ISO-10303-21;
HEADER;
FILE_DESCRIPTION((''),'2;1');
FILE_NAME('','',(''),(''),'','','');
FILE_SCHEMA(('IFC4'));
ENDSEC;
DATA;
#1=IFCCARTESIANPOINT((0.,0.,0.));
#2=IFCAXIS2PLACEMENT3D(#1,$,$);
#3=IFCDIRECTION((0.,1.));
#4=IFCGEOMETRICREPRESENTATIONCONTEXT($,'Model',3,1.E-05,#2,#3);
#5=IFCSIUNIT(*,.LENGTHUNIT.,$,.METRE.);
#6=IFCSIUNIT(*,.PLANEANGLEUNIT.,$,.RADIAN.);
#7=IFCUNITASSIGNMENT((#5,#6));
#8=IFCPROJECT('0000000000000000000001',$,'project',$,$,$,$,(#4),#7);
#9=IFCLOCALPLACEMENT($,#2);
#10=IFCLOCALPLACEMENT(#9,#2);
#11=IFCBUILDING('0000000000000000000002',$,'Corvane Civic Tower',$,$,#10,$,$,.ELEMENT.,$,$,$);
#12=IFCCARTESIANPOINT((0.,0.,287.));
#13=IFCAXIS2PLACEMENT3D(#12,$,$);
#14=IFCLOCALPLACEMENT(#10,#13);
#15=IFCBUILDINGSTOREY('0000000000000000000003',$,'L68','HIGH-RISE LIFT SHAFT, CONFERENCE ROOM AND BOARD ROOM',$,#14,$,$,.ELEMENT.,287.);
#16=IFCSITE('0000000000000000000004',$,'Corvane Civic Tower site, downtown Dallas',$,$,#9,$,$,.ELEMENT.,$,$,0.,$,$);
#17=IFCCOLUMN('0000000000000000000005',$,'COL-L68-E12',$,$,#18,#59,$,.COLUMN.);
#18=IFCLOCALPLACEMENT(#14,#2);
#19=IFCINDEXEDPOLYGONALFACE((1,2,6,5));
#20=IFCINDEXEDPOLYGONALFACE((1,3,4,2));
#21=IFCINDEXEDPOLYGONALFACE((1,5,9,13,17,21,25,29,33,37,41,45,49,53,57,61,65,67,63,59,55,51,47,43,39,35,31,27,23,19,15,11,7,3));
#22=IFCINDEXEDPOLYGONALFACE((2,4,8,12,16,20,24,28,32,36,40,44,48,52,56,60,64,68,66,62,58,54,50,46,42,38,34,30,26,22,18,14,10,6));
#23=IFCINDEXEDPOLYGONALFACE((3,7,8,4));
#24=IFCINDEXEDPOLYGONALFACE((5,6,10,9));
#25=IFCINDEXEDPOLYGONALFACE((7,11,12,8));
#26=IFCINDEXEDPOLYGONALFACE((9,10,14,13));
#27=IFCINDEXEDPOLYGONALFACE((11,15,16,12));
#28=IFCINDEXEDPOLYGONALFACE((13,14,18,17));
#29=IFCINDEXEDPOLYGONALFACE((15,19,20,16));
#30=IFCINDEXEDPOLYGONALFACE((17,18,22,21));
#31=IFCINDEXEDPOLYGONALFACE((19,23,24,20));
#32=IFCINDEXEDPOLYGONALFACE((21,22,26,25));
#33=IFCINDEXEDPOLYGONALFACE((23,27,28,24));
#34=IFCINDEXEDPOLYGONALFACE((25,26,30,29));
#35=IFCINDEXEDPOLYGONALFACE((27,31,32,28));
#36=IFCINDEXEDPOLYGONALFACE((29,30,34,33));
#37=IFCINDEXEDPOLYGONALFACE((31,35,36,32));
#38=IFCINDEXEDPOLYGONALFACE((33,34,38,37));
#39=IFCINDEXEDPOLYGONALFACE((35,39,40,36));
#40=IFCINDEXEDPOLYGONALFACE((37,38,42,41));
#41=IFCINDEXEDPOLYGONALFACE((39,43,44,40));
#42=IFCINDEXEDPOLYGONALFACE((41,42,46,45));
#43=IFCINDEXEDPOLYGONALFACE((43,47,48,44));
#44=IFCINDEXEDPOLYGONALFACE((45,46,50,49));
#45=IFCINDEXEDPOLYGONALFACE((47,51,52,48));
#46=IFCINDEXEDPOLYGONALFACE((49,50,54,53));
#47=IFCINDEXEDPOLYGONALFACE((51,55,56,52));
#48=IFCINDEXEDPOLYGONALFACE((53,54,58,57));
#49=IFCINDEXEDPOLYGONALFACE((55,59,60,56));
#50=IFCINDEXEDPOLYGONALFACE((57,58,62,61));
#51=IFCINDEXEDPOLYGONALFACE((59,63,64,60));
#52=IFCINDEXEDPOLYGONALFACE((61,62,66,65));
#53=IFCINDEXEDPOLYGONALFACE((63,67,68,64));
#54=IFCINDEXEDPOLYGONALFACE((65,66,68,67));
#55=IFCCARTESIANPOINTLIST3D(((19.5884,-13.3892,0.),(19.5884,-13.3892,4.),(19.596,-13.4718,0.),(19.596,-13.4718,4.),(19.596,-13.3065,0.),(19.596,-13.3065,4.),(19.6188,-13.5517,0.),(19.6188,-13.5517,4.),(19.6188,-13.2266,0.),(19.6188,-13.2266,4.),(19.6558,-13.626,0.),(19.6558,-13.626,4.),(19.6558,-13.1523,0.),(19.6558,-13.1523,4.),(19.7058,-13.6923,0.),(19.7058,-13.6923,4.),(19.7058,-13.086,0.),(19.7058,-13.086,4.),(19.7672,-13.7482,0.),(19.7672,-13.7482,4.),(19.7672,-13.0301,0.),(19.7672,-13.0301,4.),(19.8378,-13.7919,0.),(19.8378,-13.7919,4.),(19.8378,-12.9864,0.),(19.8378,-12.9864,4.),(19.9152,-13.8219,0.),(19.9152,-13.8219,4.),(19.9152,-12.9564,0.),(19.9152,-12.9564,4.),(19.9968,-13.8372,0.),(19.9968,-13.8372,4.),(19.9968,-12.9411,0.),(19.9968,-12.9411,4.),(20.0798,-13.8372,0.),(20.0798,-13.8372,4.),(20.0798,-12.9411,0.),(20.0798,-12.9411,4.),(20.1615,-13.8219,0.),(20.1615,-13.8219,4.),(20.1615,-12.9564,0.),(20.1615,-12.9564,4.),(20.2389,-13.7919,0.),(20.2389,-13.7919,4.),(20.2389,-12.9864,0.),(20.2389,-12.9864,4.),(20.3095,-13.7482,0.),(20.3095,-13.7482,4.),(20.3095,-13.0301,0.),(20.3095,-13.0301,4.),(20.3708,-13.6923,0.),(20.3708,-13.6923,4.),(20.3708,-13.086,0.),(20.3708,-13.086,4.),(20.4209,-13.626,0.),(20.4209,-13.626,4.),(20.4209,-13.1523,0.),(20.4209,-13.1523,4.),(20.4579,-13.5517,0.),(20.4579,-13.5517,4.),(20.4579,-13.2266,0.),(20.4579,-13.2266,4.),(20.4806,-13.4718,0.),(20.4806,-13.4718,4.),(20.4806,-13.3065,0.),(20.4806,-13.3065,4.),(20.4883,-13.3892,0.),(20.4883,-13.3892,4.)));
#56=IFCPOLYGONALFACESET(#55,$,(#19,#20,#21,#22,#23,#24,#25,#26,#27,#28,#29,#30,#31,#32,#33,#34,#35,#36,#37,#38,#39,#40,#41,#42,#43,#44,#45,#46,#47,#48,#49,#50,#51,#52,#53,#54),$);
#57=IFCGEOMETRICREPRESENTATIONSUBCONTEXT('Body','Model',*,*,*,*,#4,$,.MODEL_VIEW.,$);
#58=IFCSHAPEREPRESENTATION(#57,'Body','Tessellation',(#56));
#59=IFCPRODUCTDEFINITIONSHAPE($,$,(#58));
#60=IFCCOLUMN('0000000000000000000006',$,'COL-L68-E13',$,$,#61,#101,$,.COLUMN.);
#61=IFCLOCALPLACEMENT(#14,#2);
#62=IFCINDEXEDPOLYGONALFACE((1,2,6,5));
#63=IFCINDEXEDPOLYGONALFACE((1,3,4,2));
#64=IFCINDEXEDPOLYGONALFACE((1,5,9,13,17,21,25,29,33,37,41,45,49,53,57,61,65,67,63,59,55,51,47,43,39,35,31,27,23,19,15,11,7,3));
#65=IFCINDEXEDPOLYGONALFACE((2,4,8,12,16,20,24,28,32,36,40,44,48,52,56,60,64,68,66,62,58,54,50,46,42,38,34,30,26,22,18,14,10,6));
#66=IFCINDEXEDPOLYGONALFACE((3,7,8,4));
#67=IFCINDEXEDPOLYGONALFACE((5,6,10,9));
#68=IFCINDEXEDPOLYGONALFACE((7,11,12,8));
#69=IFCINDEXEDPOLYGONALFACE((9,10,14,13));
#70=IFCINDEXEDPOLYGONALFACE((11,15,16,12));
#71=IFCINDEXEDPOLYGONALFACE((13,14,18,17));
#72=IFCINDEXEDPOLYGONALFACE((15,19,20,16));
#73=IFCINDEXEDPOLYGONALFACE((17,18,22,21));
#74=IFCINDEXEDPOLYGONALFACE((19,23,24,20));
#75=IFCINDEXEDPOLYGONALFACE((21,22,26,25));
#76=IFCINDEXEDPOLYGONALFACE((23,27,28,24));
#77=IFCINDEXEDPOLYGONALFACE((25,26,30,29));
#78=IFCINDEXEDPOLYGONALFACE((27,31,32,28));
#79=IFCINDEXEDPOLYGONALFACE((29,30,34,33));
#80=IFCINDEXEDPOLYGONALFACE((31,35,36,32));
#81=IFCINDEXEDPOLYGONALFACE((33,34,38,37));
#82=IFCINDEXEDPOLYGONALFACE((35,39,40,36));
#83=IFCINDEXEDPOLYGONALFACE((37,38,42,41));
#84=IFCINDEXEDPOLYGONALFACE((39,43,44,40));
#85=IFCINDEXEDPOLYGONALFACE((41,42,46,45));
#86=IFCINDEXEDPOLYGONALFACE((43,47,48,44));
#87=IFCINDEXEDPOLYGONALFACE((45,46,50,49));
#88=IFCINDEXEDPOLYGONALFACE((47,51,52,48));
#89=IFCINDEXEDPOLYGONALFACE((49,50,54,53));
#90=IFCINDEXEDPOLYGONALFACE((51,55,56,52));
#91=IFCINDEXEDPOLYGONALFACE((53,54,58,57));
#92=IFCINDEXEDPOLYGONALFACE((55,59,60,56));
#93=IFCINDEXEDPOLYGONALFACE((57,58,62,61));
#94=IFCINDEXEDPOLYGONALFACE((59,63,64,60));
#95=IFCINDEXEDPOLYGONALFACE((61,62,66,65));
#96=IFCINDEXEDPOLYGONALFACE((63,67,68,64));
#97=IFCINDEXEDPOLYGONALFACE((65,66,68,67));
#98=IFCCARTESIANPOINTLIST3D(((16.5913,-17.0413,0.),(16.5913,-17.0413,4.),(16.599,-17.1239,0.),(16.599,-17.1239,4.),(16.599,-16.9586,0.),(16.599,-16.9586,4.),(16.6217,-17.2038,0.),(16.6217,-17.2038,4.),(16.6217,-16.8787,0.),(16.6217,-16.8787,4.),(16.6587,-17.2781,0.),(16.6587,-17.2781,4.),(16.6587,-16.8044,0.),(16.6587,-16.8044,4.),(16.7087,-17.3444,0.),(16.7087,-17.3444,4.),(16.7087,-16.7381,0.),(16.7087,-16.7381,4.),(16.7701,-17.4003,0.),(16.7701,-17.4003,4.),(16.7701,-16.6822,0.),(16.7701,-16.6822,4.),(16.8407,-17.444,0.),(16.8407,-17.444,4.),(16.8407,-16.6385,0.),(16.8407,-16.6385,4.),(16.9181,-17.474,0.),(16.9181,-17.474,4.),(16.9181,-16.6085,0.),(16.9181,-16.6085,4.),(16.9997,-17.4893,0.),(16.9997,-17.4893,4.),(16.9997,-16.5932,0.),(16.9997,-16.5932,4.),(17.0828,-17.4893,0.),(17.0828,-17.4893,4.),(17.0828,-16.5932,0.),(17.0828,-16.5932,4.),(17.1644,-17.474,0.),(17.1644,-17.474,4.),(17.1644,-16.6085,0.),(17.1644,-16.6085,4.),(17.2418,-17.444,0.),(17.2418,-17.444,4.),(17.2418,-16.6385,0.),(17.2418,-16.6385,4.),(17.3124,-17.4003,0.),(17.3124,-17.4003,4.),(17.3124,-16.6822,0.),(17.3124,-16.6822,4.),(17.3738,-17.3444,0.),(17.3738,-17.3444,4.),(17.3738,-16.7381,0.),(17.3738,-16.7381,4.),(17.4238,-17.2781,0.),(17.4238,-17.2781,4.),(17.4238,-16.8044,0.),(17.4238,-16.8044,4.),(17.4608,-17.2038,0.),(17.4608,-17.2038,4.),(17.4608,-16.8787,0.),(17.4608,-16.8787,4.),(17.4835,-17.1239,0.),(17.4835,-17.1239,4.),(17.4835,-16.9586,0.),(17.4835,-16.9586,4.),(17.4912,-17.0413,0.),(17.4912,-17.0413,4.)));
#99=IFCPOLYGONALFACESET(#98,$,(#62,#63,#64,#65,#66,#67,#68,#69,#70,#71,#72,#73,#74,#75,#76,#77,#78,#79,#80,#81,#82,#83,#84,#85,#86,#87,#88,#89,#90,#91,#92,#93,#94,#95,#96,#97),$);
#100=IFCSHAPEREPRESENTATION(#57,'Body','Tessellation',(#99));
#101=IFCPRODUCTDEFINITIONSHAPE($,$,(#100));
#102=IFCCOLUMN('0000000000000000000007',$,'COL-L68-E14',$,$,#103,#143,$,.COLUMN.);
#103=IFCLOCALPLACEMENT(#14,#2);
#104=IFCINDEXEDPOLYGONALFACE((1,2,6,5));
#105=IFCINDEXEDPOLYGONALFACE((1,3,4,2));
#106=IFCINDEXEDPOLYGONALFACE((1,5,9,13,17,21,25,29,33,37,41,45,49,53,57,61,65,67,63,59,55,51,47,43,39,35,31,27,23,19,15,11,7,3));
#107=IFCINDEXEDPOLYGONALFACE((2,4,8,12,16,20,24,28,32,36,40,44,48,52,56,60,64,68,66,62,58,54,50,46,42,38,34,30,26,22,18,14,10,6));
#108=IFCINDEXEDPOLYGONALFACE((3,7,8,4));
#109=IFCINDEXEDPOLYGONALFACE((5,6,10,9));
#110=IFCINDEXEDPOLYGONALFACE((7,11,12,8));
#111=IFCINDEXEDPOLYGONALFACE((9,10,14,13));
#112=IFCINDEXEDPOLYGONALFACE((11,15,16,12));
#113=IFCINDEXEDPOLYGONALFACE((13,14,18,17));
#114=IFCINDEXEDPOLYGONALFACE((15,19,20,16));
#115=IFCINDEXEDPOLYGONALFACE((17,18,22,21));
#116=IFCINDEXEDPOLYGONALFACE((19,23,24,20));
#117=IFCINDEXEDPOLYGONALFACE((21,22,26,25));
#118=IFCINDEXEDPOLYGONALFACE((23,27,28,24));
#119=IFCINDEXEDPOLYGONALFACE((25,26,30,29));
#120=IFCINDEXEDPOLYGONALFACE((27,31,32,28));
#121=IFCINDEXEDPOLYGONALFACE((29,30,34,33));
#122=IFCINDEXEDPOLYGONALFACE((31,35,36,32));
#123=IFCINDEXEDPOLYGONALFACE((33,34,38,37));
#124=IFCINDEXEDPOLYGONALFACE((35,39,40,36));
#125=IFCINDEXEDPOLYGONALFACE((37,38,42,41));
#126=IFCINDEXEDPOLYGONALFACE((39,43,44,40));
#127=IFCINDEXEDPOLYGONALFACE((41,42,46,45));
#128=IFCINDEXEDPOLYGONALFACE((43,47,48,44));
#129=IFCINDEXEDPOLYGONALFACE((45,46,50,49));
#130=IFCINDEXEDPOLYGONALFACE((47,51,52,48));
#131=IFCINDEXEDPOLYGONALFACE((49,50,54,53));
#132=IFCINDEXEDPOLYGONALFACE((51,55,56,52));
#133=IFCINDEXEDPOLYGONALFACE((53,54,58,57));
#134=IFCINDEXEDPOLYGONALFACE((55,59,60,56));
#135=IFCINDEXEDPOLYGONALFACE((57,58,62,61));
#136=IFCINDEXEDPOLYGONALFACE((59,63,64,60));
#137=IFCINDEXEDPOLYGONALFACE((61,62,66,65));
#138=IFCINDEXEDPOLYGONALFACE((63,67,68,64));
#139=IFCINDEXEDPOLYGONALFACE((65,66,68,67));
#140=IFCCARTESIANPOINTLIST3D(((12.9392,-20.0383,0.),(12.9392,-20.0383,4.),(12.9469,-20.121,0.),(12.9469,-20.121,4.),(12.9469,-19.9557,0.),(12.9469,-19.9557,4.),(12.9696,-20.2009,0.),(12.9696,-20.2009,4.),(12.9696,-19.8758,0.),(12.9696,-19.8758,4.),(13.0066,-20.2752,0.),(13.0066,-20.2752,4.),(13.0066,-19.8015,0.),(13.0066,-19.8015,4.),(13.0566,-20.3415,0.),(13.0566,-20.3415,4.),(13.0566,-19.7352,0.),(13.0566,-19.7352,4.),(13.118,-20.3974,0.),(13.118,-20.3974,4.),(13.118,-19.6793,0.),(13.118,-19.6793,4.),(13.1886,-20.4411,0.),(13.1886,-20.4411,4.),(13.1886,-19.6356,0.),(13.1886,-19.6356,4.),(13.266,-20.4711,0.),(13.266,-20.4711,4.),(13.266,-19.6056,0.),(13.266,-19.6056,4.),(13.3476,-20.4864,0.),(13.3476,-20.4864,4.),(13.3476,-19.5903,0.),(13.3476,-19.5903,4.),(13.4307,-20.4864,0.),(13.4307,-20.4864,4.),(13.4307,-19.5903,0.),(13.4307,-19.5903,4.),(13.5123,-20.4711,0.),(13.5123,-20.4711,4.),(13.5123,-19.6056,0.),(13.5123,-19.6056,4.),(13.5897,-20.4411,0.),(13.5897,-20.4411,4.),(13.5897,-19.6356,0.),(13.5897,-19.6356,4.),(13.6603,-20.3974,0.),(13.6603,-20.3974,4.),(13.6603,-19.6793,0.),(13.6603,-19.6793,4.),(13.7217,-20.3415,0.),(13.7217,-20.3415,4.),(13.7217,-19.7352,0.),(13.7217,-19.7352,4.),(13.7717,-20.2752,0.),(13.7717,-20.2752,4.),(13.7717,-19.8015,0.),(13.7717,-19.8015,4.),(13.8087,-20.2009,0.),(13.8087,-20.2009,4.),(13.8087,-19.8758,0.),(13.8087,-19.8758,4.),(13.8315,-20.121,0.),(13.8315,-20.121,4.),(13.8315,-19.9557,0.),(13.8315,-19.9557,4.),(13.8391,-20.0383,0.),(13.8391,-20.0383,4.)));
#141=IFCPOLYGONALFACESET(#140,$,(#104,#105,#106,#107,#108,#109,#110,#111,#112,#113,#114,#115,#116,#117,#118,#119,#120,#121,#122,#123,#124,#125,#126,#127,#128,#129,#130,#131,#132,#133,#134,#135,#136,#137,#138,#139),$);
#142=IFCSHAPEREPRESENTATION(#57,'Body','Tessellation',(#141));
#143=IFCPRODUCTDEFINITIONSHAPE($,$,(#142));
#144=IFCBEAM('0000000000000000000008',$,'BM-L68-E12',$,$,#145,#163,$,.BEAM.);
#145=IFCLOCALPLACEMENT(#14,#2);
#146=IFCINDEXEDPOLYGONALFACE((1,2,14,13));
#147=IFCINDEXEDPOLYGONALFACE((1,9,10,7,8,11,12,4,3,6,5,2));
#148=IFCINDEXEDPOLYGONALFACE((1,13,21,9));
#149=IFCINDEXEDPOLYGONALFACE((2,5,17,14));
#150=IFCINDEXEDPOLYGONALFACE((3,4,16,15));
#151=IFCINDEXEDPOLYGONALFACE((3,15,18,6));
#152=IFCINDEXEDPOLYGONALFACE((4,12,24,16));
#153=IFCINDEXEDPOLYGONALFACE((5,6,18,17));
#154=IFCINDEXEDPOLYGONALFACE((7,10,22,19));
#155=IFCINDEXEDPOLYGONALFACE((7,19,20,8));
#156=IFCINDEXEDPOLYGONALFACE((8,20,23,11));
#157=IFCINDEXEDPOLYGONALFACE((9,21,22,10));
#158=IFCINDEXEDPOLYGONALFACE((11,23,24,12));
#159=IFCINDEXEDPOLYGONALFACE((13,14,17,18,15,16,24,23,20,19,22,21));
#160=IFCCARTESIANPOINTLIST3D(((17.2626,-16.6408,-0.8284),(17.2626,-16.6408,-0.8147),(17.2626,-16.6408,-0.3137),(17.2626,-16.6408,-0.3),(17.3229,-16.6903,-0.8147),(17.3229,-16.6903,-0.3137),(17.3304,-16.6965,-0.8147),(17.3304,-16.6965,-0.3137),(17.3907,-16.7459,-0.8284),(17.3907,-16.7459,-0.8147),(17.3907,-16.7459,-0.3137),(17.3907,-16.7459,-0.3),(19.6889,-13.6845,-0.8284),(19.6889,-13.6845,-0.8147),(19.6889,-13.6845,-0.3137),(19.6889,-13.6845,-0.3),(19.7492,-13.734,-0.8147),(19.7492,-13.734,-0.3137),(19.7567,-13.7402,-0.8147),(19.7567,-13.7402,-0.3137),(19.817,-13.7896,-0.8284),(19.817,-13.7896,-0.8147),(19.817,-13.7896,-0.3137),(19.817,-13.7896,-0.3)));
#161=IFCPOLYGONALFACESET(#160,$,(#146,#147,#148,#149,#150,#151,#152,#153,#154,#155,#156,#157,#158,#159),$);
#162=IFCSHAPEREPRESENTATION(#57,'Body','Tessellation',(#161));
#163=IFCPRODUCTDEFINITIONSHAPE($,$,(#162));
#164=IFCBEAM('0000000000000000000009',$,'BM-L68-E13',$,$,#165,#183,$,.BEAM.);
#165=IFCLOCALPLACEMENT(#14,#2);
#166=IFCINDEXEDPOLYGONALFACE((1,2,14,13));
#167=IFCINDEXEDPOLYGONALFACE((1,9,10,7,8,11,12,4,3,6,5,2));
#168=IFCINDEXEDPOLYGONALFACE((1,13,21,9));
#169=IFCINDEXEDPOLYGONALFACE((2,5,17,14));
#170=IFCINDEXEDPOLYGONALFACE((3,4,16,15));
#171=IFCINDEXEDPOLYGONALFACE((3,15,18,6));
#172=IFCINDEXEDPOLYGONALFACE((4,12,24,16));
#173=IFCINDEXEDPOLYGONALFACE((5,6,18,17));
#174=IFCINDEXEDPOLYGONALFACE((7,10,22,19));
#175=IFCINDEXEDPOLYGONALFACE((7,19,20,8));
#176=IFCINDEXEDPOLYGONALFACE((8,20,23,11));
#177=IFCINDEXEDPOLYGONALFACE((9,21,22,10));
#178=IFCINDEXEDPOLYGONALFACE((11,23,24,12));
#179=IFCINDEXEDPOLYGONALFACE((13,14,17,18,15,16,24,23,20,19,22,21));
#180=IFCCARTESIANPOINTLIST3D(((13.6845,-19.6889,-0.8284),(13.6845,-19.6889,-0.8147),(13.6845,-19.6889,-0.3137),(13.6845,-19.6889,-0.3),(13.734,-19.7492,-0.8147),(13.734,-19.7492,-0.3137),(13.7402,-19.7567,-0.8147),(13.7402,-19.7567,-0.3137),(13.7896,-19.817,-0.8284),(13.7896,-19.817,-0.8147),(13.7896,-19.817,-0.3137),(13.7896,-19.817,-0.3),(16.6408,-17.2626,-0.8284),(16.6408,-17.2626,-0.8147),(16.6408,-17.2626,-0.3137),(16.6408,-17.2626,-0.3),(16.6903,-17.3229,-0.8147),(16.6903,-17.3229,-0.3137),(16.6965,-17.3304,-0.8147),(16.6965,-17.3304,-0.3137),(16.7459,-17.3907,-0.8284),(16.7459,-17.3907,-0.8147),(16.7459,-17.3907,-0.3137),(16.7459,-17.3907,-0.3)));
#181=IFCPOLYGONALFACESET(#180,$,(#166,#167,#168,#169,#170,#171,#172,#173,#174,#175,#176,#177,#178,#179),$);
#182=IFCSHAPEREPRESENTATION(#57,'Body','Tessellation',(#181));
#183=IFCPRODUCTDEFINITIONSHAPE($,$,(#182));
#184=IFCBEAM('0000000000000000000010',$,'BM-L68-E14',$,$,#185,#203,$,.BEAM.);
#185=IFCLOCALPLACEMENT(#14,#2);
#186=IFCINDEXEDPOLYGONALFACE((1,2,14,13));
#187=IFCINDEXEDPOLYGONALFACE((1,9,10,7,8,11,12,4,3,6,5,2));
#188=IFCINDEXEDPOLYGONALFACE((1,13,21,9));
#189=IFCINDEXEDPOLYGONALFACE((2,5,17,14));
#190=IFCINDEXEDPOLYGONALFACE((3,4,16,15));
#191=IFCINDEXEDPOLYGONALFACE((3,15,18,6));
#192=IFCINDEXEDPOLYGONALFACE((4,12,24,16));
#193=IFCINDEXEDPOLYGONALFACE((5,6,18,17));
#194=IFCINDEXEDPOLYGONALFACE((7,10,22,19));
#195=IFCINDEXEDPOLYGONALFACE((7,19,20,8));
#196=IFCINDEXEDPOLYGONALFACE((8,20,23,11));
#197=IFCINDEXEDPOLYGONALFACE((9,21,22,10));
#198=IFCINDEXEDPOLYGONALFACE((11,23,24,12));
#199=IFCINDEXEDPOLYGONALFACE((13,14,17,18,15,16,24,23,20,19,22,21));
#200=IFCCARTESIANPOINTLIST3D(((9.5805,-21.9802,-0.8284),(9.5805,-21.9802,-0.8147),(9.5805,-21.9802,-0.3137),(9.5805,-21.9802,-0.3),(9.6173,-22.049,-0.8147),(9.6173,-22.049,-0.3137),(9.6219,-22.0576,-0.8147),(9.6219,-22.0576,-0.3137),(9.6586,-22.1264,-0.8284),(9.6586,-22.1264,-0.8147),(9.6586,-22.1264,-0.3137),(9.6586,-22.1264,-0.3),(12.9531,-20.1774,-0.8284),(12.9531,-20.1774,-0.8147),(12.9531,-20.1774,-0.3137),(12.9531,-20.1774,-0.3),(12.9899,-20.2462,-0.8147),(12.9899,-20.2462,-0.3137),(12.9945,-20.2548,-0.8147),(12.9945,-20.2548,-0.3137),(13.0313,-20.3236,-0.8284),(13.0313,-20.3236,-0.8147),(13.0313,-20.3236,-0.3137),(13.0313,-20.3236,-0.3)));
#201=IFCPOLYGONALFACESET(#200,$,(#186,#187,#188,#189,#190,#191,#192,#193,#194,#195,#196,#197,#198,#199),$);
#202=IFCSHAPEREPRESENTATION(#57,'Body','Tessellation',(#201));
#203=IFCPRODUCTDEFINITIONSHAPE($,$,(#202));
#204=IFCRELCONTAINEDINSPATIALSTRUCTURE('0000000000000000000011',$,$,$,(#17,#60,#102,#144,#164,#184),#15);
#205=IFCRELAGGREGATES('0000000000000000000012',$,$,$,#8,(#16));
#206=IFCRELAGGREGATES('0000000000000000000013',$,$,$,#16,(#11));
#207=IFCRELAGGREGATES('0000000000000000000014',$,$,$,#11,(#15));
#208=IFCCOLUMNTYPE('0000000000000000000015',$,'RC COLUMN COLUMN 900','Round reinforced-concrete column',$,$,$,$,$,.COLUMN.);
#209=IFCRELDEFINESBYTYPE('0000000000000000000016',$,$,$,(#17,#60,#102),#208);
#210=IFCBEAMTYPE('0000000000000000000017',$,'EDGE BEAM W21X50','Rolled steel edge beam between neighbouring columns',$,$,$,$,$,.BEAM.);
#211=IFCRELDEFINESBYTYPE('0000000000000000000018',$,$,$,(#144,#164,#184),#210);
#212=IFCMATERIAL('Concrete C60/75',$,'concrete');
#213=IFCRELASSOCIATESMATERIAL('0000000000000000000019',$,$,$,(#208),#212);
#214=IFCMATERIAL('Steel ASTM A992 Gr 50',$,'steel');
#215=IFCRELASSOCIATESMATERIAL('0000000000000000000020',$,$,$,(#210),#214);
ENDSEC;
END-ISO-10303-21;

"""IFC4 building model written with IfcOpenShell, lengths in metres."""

from ifc_helpers import new_model, si_unit, direction, frame, origin, origin_2d, place, context, subcontext, project, spatial, circle, i_section, extrude, material, material_profile, profile_set, type_object, element, save


model = new_model("IFC4")

# Units and contexts
model_context = context("Model", 3, precision=1e-05, world=origin(), true_north=direction((0.0, 1.0)))
body_context = subcontext(model_context, "Body", "Model", "MODEL_VIEW")
ifc_project = project(units=[si_unit("LENGTHUNIT", "METRE"), si_unit("PLANEANGLEUNIT", "RADIAN")], contexts=[model_context])

# Site, building, storey
site_placement = place(None, origin())
site = spatial("IfcSite", under=ifc_project, at=site_placement, Name="Corvane Civic Tower site, downtown Dallas", CompositionType="ELEMENT", RefElevation=0.0)
building_placement = place(site_placement, origin())
building = spatial("IfcBuilding", under=site, at=building_placement, Name="Corvane Civic Tower", CompositionType="ELEMENT")
storey_placement = place(building_placement, frame((0.0, 0.0, 287.0)))
storey = spatial("IfcBuildingStorey", under=building, at=storey_placement, Name="L68", Description="HIGH-RISE LIFT SHAFT, CONFERENCE ROOM AND BOARD ROOM", CompositionType="ELEMENT", Elevation=287.0)

# Columns
ifc_material_1 = material(Name="Concrete C60/75", Category="concrete")
ifc_material_profile_1 = material_profile(ifc_material_1, circle(Radius=0.45, at=origin_2d()), Name="COLUMN 900")
ifc_profile_set_1 = profile_set([ifc_material_profile_1], Name="Concrete C60/75")
column_type = type_object("IfcColumnType", Name="RC COLUMN COLUMN 900", Description="Round reinforced-concrete column", PredefinedType="COLUMN", material=ifc_profile_set_1)
for number, where, z_axis, x_axis, name in (
    (1, (20.0383, -13.3892, 0.0), (0.0, 0.0, 1.0), (1.0, 0.0, 0.0), "COL-L68-E12"),
    (2, (17.0413, -17.0413, 0.0), (0.0, 0.0, 1.0), (1.0, 0.0, 0.0), "COL-L68-E13"),
    (3, (13.3892, -20.0383, 0.0), (0.0, 0.0, 1.0), (1.0, 0.0, 0.0), "COL-L68-E14"),
):
    element("IfcColumn", number, at=place(storey_placement, frame(where, z_axis=z_axis, x_axis=x_axis)), inside=storey, type_object=column_type, Name=name, PredefinedType="COLUMN", context=body_context, shape_type="SweptSolid", body=[
        extrude(circle(Radius=0.45, at=origin_2d()), origin(), (0.0, 0.0, 1.0), 4.0),
    ])

# Beams
ifc_material_2 = material(Name="Steel ASTM A992 Gr 50", Category="steel")
ifc_material_profile_2 = material_profile(ifc_material_2, i_section(OverallWidth=0.1658, OverallDepth=0.5283, WebThickness=0.0098, FlangeThickness=0.0137, at=origin_2d()), Name="W21X50")
ifc_profile_set_2 = profile_set([ifc_material_profile_2], Name="Steel ASTM A992 Gr 50")
beam_type_1 = type_object("IfcBeamType", Name="EDGE BEAM W21X50", Description="Rolled steel edge beam between neighbouring columns", PredefinedType="BEAM", material=ifc_profile_set_2)
for number, where, z_axis, x_axis, name in (
    (4, (19.7529, -13.7371, -0.5642), (-0.634409, -0.772998, 0.0), (0.772998, -0.634409, 0.0), "BM-L68-E12"),
    (5, (16.6934, -17.3267, -0.5642), (-0.772998, -0.634409, 0.0), (0.634409, -0.772998, 0.0), "BM-L68-E13"),
):
    element("IfcBeam", number, at=place(storey_placement, frame(where, z_axis=z_axis, x_axis=x_axis)), inside=storey, type_object=beam_type_1, Name=name, PredefinedType="BEAM", context=body_context, shape_type="SweptSolid", body=[
        extrude(i_section(OverallWidth=0.1658, OverallDepth=0.5283, WebThickness=0.0098, FlangeThickness=0.0137, at=origin_2d()), origin(), (0.0, 0.0, 1.0), 3.8245),
    ])
beam_1_placement = place(storey_placement, frame((12.9922, -20.2505, -0.5642), z_axis=(-0.881914, -0.47141, 0.0), x_axis=(0.47141, -0.881914, 0.0)))
element("IfcBeam", 6, at=beam_1_placement, inside=storey, type_object=beam_type_1, Name="BM-L68-E14", PredefinedType="BEAM", context=body_context, shape_type="SweptSolid", body=[
    extrude(i_section(OverallWidth=0.1658, OverallDepth=0.5283, WebThickness=0.0098, FlangeThickness=0.0137, at=origin_2d()), origin(), (0.0, 0.0, 1.0), 3.8242),
])

save(model, "model.ifc")
